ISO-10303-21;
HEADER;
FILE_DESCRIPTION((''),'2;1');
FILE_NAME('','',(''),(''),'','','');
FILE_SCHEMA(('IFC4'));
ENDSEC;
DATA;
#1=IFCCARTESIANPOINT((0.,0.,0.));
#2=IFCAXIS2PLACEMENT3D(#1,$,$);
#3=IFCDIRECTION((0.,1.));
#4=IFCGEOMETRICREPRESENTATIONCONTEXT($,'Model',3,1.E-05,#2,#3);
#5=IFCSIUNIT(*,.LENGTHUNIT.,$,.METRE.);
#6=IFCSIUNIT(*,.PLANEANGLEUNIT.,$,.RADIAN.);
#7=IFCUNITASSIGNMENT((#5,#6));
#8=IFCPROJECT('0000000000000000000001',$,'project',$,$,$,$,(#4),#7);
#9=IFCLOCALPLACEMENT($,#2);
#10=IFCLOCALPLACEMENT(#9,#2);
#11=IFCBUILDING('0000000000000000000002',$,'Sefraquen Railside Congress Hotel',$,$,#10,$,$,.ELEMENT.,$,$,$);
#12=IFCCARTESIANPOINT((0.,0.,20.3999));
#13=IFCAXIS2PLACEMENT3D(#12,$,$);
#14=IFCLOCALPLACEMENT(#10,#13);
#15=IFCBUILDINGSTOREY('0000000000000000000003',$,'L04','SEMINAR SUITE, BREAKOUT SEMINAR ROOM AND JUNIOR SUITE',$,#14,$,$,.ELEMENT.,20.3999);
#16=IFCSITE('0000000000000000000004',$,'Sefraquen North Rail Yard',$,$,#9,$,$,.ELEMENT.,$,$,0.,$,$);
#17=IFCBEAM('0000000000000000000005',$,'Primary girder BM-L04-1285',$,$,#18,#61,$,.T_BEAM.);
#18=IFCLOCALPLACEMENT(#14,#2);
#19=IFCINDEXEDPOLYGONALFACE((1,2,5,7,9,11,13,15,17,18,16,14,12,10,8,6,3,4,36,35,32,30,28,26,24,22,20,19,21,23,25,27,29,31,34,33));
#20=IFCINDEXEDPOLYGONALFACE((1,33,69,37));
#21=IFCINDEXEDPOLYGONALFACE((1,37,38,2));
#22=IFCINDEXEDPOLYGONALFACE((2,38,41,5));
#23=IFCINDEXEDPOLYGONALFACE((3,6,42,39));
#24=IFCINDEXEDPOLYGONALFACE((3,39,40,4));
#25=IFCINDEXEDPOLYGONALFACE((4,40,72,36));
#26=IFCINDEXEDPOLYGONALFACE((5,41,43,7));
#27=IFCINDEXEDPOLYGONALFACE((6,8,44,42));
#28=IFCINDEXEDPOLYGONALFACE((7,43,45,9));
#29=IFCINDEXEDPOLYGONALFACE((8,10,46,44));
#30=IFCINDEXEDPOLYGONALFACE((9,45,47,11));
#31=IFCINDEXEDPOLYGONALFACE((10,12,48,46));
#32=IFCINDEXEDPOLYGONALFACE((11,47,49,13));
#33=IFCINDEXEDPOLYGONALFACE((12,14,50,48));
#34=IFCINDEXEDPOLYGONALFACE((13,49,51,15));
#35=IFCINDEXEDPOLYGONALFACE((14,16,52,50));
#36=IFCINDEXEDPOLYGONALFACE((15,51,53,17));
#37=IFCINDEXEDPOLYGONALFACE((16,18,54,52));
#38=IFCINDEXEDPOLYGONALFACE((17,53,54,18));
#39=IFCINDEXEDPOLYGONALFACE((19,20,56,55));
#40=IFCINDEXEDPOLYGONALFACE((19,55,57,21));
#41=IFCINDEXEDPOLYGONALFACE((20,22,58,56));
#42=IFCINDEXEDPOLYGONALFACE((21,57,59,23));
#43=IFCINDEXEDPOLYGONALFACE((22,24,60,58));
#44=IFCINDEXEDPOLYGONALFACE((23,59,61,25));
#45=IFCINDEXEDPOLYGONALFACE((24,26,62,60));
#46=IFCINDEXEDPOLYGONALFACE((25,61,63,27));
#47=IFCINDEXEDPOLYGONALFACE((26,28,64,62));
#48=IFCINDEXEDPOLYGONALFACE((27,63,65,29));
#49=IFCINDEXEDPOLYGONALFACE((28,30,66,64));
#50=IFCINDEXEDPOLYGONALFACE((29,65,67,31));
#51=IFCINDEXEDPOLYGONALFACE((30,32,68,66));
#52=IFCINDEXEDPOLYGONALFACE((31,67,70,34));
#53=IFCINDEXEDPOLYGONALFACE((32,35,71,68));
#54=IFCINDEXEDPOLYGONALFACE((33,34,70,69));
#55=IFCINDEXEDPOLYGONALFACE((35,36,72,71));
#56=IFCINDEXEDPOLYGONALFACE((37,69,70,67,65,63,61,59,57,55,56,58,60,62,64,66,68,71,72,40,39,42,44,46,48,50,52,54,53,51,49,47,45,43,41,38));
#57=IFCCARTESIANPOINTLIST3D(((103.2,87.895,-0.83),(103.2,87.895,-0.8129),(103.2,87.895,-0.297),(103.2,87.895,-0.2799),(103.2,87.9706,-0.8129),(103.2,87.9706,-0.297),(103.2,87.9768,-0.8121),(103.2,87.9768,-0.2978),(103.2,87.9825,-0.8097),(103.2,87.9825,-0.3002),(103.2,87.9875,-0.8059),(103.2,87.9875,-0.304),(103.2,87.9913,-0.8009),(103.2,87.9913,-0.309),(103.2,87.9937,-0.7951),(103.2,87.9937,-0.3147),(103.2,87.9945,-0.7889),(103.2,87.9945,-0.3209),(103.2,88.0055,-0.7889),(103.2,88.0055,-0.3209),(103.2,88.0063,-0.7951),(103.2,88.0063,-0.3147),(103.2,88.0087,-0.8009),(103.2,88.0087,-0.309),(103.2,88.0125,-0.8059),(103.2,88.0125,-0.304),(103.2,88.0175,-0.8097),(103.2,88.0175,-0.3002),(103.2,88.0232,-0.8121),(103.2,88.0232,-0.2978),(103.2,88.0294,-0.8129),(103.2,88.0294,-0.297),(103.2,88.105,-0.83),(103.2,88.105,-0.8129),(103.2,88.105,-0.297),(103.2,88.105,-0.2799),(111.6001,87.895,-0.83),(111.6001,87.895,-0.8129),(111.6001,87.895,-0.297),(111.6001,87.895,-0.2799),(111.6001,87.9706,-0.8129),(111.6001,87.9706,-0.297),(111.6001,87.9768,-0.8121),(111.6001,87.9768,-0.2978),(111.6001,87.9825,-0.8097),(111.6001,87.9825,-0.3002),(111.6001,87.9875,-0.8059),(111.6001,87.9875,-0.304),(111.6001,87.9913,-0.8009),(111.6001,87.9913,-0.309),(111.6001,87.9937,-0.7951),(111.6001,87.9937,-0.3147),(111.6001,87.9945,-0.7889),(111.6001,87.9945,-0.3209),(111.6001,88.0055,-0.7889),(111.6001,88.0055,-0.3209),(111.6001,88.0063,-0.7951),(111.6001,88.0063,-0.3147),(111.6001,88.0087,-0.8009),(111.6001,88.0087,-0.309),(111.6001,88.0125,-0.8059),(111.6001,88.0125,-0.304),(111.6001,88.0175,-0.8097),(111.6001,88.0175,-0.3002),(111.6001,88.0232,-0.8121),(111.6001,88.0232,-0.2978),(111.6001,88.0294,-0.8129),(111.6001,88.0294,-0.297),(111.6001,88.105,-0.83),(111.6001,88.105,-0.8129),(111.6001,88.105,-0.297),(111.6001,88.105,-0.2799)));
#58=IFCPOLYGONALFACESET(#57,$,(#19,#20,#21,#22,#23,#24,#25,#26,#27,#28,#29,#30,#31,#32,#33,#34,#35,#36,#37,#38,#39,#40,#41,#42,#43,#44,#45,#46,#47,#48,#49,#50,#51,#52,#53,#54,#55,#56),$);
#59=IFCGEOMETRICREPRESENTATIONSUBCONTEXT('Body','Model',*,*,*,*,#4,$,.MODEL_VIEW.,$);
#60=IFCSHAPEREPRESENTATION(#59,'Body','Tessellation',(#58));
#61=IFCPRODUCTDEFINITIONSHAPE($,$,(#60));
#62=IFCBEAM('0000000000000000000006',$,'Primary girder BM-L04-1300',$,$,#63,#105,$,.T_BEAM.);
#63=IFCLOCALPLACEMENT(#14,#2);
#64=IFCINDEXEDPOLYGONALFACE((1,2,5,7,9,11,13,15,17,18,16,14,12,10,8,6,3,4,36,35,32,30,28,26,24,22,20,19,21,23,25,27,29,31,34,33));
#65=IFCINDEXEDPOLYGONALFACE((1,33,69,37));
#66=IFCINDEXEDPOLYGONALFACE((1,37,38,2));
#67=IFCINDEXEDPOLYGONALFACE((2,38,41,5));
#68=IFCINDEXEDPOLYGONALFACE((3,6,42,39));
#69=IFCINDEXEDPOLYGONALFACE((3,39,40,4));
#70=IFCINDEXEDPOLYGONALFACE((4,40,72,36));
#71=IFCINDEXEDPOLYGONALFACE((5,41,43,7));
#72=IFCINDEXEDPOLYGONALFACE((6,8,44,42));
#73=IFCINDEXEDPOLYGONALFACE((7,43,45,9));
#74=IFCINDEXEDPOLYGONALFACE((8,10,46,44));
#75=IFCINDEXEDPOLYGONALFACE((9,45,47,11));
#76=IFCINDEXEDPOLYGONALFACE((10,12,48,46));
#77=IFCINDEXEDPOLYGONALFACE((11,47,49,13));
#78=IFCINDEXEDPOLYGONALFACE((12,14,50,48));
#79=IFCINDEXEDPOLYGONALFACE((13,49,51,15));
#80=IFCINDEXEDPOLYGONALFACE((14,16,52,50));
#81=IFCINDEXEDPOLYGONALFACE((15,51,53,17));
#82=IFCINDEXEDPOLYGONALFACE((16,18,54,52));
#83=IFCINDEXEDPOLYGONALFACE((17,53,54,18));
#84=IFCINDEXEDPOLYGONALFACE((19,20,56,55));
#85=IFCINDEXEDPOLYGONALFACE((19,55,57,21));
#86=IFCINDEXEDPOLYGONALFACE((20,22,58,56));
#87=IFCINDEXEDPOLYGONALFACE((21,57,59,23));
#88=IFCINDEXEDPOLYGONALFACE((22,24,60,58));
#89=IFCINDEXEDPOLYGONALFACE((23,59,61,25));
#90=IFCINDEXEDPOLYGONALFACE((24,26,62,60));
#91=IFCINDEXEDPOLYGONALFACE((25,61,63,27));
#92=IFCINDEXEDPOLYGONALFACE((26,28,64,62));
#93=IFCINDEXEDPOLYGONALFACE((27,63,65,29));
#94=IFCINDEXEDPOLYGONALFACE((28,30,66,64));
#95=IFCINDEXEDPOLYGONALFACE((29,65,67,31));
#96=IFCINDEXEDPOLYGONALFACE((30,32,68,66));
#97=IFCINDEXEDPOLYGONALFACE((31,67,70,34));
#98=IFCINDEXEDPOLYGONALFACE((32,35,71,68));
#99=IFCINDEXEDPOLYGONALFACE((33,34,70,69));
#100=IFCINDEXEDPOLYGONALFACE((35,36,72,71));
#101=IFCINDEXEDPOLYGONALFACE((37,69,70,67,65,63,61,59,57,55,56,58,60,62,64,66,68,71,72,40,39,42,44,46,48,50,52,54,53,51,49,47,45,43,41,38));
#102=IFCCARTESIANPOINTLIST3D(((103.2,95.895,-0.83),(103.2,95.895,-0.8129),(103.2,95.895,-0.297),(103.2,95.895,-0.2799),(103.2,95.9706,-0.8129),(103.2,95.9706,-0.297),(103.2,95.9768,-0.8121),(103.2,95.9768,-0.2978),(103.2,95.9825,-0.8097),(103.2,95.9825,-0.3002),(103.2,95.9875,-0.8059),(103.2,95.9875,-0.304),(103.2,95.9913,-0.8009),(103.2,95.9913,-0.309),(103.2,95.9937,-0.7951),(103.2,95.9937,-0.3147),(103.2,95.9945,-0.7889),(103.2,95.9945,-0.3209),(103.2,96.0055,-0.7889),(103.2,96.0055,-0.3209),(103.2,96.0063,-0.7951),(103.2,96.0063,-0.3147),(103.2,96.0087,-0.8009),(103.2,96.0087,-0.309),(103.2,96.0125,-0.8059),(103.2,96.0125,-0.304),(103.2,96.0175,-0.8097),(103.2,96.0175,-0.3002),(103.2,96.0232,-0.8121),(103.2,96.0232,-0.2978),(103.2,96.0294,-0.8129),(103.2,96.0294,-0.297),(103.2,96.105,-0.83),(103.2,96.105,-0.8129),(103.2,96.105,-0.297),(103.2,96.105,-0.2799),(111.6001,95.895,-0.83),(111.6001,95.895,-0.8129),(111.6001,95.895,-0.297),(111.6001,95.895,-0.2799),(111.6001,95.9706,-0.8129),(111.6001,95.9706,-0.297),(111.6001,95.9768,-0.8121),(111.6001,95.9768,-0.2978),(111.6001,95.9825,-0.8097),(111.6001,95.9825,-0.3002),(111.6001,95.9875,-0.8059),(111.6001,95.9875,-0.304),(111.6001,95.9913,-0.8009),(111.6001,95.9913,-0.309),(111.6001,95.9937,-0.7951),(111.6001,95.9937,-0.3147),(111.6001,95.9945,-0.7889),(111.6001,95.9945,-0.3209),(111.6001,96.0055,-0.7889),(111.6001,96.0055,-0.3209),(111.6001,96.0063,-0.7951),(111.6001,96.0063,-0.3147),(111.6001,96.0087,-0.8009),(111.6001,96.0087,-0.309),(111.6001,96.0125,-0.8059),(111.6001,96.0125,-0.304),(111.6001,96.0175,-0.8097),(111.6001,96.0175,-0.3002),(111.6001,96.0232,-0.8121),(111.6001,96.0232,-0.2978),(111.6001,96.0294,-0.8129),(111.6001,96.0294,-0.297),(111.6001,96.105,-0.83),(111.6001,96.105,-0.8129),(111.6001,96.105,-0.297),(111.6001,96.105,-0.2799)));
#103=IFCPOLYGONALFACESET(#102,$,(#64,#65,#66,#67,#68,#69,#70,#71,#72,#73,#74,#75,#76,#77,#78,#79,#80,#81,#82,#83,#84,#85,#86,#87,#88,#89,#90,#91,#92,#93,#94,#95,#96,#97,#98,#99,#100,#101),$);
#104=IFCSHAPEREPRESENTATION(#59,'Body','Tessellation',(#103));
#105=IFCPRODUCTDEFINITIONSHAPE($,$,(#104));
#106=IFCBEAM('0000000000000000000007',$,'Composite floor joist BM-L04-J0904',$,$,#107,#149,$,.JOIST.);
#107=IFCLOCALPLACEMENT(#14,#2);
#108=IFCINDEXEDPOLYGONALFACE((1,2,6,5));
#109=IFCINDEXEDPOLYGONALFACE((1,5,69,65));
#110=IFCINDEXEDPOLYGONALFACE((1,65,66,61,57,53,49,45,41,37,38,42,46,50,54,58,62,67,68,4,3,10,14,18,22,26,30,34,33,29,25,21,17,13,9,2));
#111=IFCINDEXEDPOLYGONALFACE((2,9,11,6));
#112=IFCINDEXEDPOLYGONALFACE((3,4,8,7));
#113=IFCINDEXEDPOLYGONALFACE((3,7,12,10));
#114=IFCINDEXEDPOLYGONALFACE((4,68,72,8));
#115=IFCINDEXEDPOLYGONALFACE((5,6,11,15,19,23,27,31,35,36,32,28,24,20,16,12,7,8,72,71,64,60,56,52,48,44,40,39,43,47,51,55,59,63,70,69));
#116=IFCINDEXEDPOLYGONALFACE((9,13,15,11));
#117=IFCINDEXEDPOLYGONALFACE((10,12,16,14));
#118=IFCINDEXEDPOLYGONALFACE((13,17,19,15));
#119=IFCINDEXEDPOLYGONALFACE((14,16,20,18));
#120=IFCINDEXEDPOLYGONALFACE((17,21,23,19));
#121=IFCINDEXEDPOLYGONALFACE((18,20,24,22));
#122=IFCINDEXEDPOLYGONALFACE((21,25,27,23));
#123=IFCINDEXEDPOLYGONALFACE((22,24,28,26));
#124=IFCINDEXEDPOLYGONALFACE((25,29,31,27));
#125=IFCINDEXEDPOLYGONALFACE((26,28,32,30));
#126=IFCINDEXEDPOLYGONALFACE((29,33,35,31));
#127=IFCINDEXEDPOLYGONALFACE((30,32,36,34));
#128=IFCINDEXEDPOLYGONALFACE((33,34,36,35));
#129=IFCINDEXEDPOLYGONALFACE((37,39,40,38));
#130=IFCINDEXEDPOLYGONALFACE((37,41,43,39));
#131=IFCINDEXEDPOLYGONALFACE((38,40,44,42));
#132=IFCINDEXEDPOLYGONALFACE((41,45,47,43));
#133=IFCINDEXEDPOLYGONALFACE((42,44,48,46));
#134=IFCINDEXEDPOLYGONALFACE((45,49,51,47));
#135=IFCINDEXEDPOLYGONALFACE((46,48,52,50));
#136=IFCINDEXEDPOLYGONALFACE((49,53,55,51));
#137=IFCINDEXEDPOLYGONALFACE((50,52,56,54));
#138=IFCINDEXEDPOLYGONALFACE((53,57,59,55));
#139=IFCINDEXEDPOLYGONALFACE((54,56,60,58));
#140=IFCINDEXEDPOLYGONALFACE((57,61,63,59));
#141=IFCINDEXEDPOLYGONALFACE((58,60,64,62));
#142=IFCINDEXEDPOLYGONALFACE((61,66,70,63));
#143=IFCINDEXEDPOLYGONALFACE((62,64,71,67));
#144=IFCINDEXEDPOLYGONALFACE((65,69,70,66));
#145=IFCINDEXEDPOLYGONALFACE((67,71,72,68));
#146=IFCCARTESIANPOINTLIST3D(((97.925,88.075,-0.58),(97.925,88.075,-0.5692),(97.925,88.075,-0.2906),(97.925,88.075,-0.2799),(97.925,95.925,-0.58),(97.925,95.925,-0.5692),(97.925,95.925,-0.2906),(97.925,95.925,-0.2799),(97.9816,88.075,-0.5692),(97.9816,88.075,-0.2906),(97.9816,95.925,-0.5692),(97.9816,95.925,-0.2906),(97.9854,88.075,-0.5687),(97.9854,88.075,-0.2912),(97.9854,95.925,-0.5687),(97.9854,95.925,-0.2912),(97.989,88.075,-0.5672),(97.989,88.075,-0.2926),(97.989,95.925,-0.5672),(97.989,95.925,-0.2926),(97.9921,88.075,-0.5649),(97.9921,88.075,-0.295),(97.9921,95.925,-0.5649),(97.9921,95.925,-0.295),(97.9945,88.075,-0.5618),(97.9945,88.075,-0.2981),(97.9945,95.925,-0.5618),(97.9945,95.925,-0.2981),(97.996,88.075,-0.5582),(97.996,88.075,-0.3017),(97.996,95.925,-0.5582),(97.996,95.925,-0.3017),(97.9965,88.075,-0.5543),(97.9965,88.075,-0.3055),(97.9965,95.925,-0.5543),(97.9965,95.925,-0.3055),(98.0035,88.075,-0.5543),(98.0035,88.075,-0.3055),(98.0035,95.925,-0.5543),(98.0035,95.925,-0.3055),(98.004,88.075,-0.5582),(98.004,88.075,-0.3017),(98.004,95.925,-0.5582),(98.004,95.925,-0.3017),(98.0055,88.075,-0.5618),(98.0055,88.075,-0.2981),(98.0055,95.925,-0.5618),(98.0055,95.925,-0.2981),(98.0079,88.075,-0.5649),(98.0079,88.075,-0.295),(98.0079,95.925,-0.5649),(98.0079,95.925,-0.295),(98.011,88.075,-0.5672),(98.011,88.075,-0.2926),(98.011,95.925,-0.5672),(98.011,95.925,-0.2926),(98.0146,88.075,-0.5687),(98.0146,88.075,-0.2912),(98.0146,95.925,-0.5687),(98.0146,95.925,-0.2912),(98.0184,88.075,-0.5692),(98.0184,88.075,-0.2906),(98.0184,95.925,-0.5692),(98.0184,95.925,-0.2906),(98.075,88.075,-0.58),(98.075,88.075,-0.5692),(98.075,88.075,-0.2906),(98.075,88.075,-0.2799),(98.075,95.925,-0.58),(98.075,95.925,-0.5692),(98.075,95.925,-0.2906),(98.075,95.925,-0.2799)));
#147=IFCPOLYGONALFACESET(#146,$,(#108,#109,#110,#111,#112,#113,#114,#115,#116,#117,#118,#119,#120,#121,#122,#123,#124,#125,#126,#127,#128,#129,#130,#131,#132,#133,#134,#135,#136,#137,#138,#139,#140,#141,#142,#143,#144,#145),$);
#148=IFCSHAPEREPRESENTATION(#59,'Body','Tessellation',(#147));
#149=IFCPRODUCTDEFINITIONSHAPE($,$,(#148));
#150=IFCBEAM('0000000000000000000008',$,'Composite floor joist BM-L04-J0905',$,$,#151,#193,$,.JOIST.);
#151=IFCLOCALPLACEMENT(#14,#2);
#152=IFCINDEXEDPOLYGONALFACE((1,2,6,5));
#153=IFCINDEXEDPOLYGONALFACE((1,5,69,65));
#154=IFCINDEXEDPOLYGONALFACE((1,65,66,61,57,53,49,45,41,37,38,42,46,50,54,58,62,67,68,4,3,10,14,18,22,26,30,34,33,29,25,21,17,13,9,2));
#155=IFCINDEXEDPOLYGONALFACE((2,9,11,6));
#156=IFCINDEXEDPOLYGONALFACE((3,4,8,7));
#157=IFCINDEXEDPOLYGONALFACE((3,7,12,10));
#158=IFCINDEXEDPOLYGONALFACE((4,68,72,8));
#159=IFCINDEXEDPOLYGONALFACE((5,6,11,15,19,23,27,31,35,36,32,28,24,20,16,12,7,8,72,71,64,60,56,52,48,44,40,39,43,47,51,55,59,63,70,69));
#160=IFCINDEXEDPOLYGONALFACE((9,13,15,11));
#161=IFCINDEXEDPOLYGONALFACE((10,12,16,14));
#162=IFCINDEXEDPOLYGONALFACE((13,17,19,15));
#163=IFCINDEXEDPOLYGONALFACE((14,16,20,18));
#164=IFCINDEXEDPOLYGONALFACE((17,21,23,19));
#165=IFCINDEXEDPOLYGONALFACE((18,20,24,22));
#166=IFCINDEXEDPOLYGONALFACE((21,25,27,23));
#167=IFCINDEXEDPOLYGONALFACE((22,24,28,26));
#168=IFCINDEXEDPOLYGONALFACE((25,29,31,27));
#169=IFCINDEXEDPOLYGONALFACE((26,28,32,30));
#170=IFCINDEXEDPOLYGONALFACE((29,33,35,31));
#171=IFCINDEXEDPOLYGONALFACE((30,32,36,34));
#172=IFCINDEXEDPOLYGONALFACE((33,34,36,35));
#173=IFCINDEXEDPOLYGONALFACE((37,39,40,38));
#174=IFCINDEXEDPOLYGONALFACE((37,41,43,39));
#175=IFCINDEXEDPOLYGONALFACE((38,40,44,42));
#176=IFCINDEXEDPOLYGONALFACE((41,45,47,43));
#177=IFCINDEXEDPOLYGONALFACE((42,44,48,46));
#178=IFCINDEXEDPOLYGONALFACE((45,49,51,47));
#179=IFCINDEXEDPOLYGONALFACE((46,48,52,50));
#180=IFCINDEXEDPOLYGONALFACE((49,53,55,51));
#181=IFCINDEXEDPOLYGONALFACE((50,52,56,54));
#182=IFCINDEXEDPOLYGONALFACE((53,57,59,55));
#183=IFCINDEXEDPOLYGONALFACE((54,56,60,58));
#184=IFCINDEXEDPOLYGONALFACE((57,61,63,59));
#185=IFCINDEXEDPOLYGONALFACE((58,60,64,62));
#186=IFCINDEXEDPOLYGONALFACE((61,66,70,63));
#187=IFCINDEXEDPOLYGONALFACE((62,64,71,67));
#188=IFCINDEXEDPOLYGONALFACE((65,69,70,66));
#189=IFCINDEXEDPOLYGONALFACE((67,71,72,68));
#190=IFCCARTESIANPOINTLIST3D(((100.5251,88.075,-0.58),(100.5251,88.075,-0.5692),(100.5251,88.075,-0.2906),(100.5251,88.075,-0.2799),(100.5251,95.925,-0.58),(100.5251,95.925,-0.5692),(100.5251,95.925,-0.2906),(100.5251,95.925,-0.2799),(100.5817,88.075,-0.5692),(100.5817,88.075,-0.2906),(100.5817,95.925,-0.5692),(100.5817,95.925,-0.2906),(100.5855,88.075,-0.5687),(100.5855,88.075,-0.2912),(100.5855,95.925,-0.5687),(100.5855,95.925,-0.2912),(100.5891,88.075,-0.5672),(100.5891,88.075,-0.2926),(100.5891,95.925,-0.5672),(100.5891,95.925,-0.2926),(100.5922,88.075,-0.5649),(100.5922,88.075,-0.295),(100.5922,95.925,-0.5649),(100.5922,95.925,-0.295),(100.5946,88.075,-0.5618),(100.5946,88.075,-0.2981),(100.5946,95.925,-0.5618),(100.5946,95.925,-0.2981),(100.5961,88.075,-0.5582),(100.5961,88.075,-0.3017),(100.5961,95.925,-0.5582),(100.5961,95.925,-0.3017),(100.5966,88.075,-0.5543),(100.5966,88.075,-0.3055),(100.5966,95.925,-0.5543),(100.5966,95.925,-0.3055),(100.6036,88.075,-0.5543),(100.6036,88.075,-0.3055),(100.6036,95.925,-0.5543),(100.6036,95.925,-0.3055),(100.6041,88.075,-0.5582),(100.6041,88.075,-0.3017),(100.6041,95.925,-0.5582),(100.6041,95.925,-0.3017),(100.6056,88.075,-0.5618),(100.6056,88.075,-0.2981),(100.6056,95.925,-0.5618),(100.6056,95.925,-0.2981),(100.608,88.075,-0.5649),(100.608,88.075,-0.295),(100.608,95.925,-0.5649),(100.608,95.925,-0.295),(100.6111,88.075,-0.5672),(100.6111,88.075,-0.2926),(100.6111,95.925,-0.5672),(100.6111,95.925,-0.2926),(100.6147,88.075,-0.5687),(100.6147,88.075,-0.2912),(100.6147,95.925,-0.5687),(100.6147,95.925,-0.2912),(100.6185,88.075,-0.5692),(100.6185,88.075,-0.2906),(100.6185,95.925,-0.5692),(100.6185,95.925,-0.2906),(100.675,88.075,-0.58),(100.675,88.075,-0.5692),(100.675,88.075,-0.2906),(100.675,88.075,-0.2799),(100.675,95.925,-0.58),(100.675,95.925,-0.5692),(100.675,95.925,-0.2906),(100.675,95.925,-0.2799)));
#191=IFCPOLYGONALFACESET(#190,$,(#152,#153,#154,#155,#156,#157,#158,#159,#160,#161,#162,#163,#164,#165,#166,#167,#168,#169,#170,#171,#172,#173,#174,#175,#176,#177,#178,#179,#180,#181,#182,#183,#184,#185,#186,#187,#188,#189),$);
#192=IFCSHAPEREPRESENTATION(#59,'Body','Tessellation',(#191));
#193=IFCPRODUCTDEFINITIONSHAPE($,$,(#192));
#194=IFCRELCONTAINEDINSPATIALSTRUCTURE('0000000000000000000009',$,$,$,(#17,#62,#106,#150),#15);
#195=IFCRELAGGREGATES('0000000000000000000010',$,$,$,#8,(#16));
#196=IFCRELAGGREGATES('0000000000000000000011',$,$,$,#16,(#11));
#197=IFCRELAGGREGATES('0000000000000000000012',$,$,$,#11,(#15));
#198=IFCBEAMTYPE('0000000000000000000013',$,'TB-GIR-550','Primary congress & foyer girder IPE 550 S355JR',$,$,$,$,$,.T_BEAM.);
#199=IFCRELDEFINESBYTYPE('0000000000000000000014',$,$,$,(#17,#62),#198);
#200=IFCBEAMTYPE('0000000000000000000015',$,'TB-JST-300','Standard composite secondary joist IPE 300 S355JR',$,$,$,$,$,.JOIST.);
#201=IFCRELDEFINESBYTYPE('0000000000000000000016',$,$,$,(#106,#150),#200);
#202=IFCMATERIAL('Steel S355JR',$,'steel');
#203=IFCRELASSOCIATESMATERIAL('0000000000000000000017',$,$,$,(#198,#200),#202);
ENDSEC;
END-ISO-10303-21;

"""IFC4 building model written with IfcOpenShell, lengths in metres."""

from ifc_helpers import new_model, si_unit, direction, frame, origin, origin_2d, place, context, subcontext, project, spatial, i_section, extrude, material, material_profile, profile_set, type_object, element, save


model = new_model("IFC4")

# Units and contexts
model_context = context("Model", 3, precision=1e-05, world=origin(), true_north=direction((0.0, 1.0)))
body_context = subcontext(model_context, "Body", "Model", "MODEL_VIEW")
ifc_project = project(units=[si_unit("LENGTHUNIT", "METRE"), si_unit("PLANEANGLEUNIT", "RADIAN")], contexts=[model_context])

# Site, building, storey
site_placement = place(None, origin())
site = spatial("IfcSite", under=ifc_project, at=site_placement, Name="Sefraquen North Rail Yard", CompositionType="ELEMENT", RefElevation=0.0)
building_placement = place(site_placement, origin())
building = spatial("IfcBuilding", under=site, at=building_placement, Name="Sefraquen Railside Congress Hotel", CompositionType="ELEMENT")
storey_placement = place(building_placement, frame((0.0, 0.0, 20.3999)))
storey = spatial("IfcBuildingStorey", under=building, at=storey_placement, Name="L04", Description="SEMINAR SUITE, BREAKOUT SEMINAR ROOM AND JUNIOR SUITE", CompositionType="ELEMENT", Elevation=20.3999)

# Shared definitions
ifc_material_1 = material(Name="Steel S355JR", Category="steel")

# Beams
ifc_material_profile_1 = material_profile(ifc_material_1, i_section(OverallWidth=0.21, OverallDepth=0.55, WebThickness=0.011, FlangeThickness=0.0171, FilletRadius=0.0239, at=origin_2d()), Name="IPE 550")
ifc_profile_set_1 = profile_set([ifc_material_profile_1], Name="Steel S355JR")
beam_type_1 = type_object("IfcBeamType", Name="TB-GIR-550", Description="Primary congress & foyer girder IPE 550 S355JR", PredefinedType="T_BEAM", material=ifc_profile_set_1)
for number, where, z_axis, x_axis, name in (
    (1, (103.2, 88.0, -0.5549), (1.0, 0.0, 0.0), (0.0, 1.0, 0.0), "Primary girder BM-L04-1285"),
    (2, (103.2, 96.0, -0.5549), (1.0, 0.0, 0.0), (0.0, 1.0, 0.0), "Primary girder BM-L04-1300"),
):
    element("IfcBeam", number, at=place(storey_placement, frame(where, z_axis=z_axis, x_axis=x_axis)), inside=storey, type_object=beam_type_1, Name=name, PredefinedType="T_BEAM", context=body_context, shape_type="SweptSolid", body=[
        extrude(i_section(OverallWidth=0.21, OverallDepth=0.55, WebThickness=0.011, FlangeThickness=0.0171, FilletRadius=0.0239, at=origin_2d()), origin(), (0.0, 0.0, 1.0), 8.4001),
    ])
ifc_material_profile_2 = material_profile(ifc_material_1, i_section(OverallWidth=0.1499, OverallDepth=0.3, WebThickness=0.0071, FlangeThickness=0.0107, FilletRadius=0.0149, at=origin_2d()), Name="IPE 300")
ifc_profile_set_2 = profile_set([ifc_material_profile_2], Name="Steel S355JR")
beam_type_2 = type_object("IfcBeamType", Name="TB-JST-300", Description="Standard composite secondary joist IPE 300 S355JR", PredefinedType="JOIST", material=ifc_profile_set_2)
for number, where, z_axis, x_axis, name in (
    (3, (98.0, 88.075, -0.4299), (0.0, 1.0, 0.0), (-1.0, 0.0, 0.0), "Composite floor joist BM-L04-J0904"),
    (4, (100.6001, 88.075, -0.4299), (0.0, 1.0, 0.0), (-1.0, 0.0, 0.0), "Composite floor joist BM-L04-J0905"),
):
    element("IfcBeam", number, at=place(storey_placement, frame(where, z_axis=z_axis, x_axis=x_axis)), inside=storey, type_object=beam_type_2, Name=name, PredefinedType="JOIST", context=body_context, shape_type="SweptSolid", body=[
        extrude(i_section(OverallWidth=0.1499, OverallDepth=0.3, WebThickness=0.0071, FlangeThickness=0.0107, FilletRadius=0.0149, at=origin_2d()), origin(), (0.0, 0.0, 1.0), 7.8501),
    ])

save(model, "model.ifc")
